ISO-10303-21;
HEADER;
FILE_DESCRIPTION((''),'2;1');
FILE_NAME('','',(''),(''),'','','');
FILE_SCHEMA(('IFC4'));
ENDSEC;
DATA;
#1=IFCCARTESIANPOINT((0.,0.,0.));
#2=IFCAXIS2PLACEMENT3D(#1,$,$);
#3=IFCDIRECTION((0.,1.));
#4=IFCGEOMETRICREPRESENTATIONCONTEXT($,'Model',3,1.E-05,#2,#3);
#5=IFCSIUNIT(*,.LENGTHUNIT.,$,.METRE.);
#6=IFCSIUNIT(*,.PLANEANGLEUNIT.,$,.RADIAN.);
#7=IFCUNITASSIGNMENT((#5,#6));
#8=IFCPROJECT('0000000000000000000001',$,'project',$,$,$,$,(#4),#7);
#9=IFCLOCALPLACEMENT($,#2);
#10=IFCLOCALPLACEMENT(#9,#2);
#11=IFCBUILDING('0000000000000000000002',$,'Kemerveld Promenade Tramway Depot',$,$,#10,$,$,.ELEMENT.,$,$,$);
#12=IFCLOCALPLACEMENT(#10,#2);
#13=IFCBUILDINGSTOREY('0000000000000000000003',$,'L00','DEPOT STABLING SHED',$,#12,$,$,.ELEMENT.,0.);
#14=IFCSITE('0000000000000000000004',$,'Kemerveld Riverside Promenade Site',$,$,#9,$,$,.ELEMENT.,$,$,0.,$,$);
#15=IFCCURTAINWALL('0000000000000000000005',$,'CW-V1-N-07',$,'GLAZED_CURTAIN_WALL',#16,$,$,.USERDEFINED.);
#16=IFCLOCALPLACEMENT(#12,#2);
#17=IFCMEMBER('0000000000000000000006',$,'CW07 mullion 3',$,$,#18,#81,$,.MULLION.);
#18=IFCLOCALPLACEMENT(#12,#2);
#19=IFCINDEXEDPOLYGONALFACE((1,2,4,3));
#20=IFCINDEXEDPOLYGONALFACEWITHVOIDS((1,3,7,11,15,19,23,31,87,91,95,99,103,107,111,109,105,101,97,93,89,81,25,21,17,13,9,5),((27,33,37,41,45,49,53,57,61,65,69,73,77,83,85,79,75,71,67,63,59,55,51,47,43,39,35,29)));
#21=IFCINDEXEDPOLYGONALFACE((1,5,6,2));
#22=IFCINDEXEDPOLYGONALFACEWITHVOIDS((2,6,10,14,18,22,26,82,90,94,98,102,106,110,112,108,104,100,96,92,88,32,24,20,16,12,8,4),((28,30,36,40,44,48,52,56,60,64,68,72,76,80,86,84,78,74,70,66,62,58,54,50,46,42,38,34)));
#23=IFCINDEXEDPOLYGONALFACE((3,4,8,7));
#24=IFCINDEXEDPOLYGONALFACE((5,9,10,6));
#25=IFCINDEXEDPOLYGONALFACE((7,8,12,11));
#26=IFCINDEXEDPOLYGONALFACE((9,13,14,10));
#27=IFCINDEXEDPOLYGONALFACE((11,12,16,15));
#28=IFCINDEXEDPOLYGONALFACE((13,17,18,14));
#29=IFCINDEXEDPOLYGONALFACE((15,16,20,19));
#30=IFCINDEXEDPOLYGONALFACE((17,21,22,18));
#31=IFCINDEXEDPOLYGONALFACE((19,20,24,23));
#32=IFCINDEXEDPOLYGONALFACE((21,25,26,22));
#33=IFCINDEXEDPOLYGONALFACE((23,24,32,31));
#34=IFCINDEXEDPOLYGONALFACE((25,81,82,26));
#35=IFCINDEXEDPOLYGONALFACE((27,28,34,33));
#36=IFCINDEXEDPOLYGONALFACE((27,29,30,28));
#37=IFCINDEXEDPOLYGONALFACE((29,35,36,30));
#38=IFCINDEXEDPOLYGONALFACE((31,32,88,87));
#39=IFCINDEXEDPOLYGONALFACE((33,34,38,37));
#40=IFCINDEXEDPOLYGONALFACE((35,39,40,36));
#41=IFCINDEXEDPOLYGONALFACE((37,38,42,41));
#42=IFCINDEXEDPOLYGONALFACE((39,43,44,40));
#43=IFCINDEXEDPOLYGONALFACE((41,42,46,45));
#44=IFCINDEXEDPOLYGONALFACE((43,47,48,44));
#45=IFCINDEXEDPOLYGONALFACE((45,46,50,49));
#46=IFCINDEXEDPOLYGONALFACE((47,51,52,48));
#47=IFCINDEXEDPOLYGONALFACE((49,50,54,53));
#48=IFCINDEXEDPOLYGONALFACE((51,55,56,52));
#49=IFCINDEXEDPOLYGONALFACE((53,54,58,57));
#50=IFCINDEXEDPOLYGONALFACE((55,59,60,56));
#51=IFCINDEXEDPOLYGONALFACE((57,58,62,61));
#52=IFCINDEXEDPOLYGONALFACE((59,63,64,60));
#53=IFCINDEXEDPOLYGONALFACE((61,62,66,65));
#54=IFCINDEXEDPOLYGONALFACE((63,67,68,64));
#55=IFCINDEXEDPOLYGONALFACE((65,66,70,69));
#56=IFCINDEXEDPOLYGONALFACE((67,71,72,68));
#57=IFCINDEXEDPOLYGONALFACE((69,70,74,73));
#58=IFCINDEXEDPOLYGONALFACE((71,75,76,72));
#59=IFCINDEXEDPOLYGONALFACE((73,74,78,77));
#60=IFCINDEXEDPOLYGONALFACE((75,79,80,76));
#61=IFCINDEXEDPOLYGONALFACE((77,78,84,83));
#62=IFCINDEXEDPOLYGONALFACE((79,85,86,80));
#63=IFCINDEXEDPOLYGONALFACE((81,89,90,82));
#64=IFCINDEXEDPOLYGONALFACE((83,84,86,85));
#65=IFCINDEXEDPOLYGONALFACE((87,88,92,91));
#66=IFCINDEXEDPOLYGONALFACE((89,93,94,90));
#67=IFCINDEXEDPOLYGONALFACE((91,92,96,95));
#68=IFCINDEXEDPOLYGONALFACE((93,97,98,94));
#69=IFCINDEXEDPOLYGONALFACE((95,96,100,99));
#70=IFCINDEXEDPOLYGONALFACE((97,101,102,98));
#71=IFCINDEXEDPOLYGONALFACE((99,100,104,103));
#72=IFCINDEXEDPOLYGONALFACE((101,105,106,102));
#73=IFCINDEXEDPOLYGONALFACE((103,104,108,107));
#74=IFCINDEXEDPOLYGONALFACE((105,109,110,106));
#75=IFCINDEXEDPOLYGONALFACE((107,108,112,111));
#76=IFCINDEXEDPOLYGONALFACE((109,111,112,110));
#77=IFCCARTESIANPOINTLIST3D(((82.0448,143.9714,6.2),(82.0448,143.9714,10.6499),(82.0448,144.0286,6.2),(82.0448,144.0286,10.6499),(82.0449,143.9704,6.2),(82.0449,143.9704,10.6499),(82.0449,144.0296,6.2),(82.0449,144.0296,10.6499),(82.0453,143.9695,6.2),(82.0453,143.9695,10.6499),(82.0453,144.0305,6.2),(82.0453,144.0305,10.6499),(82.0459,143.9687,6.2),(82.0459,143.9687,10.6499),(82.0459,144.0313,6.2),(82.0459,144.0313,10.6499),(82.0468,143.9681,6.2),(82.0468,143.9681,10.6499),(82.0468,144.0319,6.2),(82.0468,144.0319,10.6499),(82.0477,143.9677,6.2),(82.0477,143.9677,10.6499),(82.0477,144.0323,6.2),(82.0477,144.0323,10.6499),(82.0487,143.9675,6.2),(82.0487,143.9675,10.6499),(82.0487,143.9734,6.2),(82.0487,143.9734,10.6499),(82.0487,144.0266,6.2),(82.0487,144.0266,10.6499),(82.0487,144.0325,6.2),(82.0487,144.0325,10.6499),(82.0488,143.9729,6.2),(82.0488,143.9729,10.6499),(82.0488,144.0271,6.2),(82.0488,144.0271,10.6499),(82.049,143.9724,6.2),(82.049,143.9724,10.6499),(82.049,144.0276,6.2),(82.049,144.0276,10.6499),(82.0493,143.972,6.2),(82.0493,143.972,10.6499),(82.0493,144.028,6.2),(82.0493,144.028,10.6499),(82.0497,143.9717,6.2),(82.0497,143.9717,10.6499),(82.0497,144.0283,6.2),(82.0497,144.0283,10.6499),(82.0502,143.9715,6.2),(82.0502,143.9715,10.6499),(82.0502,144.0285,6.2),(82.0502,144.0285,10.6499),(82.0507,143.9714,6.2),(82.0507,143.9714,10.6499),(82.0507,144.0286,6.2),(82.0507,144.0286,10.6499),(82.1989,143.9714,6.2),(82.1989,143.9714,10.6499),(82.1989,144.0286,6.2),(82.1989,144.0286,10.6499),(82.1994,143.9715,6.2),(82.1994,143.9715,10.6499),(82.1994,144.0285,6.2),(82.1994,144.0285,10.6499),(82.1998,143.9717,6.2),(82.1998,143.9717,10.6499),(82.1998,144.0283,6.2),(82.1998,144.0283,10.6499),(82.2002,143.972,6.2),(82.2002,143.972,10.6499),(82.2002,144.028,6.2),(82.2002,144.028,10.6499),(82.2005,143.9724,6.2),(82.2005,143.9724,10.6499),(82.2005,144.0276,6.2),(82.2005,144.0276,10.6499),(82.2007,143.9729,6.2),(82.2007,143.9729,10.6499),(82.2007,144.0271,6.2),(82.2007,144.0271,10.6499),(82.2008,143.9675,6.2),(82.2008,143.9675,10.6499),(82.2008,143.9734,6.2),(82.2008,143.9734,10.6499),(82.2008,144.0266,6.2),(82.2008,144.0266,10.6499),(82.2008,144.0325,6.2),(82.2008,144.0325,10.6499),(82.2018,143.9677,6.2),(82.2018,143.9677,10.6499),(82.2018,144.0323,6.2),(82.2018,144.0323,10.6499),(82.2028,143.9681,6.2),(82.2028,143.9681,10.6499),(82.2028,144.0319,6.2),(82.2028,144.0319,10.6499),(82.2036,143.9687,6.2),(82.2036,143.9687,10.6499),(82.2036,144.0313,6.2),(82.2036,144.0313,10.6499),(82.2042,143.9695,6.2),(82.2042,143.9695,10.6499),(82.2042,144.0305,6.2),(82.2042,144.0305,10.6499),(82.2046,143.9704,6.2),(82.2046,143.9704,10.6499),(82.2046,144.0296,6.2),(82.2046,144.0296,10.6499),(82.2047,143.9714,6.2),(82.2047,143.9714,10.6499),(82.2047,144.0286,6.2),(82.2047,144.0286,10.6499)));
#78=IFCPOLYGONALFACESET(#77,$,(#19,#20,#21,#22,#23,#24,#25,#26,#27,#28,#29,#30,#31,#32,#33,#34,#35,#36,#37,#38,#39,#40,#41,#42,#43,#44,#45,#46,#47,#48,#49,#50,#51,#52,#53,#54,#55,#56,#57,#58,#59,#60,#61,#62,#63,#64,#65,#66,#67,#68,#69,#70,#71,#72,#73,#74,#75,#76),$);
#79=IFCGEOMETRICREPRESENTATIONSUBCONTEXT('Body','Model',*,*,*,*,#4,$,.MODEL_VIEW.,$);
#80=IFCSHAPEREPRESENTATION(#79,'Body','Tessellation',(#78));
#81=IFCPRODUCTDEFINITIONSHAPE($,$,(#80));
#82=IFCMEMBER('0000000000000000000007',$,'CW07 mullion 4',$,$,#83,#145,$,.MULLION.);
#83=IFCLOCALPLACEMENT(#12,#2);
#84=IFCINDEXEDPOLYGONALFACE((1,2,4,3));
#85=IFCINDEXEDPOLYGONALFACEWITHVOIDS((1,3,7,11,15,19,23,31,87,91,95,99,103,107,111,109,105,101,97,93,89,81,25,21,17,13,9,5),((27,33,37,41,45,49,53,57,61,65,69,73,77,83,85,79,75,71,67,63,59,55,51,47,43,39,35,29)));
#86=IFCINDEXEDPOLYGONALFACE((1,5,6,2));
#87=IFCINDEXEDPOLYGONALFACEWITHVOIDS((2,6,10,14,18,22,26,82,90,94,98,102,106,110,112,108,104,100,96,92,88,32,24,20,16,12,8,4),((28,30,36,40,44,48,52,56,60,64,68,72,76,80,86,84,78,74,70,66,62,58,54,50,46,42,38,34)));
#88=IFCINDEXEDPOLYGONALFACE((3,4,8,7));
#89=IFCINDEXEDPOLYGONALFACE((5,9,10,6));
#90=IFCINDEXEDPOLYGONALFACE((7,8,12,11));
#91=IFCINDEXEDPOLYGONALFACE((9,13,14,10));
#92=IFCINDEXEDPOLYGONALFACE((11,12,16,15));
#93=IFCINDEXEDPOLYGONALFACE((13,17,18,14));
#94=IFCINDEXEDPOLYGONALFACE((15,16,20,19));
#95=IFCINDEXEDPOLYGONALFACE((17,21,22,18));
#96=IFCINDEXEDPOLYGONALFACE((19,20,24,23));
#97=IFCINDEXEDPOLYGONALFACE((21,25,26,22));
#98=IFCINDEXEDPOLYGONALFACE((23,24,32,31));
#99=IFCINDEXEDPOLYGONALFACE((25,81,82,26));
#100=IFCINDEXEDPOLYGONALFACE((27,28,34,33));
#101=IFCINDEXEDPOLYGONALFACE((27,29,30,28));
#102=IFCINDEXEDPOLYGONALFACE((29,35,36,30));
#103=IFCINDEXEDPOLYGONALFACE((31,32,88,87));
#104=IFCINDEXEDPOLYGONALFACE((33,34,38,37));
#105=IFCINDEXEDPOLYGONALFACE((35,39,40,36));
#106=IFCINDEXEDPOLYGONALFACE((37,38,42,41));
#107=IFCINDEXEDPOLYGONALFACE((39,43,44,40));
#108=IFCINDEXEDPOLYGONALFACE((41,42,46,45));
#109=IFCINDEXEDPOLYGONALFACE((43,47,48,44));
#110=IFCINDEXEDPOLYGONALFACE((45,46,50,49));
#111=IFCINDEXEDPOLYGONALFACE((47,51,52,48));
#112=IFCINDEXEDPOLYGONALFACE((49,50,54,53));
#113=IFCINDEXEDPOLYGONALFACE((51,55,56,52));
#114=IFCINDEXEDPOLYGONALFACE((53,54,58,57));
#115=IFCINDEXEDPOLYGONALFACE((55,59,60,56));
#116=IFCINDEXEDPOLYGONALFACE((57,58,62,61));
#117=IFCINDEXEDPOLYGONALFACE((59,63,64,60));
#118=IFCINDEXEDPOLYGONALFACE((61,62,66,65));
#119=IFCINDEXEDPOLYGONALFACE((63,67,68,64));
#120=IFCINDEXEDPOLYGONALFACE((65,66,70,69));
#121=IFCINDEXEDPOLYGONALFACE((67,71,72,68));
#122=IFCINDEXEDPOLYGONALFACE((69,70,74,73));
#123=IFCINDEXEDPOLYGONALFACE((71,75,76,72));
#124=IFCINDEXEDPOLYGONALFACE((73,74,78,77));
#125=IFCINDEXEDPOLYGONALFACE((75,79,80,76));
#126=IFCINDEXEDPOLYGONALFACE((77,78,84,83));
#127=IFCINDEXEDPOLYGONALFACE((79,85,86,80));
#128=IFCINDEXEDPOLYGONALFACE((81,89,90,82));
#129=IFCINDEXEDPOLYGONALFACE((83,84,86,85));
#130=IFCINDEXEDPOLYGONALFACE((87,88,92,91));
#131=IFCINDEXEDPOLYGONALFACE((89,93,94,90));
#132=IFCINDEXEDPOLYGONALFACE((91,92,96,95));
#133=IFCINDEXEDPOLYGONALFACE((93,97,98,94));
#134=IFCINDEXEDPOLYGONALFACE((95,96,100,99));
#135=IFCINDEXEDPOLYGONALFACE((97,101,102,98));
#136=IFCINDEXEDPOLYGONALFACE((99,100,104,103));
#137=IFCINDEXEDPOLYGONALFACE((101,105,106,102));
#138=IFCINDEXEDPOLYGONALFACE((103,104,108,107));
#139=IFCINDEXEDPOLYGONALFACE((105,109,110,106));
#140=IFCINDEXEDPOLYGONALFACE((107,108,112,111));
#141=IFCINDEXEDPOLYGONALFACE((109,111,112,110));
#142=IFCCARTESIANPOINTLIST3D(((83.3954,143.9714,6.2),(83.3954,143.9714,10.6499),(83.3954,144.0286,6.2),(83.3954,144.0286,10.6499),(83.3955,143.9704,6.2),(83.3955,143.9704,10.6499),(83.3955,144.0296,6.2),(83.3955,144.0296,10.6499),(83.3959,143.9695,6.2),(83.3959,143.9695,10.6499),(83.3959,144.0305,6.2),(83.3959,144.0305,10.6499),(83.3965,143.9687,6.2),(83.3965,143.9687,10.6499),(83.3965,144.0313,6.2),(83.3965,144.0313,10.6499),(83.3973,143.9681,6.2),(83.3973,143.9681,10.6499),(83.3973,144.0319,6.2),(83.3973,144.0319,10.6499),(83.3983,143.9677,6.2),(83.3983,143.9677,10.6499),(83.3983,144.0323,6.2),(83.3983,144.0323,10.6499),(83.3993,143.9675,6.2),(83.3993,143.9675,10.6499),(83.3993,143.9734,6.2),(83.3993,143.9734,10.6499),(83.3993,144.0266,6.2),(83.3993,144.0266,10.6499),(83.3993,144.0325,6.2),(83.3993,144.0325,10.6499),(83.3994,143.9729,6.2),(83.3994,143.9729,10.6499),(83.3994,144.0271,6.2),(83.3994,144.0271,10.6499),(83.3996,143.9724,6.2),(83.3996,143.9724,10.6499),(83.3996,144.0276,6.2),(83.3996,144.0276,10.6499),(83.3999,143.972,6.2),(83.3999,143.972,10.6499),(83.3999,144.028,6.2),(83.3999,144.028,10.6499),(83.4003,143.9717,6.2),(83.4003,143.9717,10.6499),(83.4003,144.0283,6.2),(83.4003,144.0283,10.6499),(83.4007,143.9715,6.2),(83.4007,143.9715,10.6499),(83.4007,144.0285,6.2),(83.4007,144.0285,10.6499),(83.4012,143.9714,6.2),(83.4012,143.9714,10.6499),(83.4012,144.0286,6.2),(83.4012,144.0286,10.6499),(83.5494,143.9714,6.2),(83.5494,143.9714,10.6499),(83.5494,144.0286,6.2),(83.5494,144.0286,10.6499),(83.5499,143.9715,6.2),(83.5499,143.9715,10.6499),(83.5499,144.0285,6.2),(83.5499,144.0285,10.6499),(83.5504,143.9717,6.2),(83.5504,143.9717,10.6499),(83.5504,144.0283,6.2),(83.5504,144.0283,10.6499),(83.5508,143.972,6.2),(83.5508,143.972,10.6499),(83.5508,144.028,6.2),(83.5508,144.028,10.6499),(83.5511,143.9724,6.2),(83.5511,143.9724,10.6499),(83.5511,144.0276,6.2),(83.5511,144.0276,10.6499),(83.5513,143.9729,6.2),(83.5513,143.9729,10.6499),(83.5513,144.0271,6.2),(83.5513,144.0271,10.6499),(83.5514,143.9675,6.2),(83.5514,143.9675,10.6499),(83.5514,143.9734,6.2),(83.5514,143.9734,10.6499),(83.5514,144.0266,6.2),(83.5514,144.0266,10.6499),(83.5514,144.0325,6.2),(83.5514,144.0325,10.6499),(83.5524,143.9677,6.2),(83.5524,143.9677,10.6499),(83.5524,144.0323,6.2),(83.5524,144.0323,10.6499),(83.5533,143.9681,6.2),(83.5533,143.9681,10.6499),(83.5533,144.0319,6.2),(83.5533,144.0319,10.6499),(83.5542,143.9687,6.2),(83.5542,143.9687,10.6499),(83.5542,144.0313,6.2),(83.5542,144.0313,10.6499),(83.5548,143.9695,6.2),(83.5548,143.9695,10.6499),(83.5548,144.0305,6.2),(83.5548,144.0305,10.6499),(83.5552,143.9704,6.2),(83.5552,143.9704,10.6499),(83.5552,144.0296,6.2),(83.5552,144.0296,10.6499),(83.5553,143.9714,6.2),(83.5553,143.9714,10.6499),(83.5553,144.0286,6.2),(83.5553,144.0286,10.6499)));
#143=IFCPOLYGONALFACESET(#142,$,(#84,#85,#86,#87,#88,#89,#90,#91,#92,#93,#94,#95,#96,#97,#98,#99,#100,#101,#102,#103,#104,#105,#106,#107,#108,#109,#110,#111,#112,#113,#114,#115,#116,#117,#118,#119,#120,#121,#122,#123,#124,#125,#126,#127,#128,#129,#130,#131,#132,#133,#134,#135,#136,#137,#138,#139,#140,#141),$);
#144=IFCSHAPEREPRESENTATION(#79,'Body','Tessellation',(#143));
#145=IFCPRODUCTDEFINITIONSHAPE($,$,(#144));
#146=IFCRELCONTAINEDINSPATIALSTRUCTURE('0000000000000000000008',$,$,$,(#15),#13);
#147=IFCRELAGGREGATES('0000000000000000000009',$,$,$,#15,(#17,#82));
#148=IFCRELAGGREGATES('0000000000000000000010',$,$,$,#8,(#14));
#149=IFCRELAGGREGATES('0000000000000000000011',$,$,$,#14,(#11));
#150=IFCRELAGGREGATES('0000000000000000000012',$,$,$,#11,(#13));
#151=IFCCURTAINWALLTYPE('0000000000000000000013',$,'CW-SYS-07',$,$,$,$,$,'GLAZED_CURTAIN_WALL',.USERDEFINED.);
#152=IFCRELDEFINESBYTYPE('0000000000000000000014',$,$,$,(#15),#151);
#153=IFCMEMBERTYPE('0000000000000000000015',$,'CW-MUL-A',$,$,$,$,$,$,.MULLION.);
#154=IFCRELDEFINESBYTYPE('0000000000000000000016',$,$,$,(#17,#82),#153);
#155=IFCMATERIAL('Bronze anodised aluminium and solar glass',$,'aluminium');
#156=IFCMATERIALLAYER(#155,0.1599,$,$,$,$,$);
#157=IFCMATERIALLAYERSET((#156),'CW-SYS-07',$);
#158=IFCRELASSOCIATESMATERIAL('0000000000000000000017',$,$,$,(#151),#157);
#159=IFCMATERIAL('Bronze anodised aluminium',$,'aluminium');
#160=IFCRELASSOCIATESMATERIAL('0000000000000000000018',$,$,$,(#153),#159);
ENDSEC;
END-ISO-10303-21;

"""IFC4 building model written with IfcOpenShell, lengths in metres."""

from ifc_helpers import new_model, si_unit, direction, frame, origin, origin_2d, place, context, subcontext, project, spatial, hollow_rectangle, extrude, material, layer, layer_set, material_profile, profile_set, type_object, element, aggregate, save


model = new_model("IFC4")

# Units and contexts
model_context = context("Model", 3, precision=1e-05, world=origin(), true_north=direction((0.0, 1.0)))
body_context = subcontext(model_context, "Body", "Model", "MODEL_VIEW")
ifc_project = project(units=[si_unit("LENGTHUNIT", "METRE"), si_unit("PLANEANGLEUNIT", "RADIAN")], contexts=[model_context])

# Site, building, storey
site_placement = place(None, origin())
site = spatial("IfcSite", under=ifc_project, at=site_placement, Name="Kemerveld Riverside Promenade Site", CompositionType="ELEMENT", RefElevation=0.0)
building_placement = place(site_placement, origin())
building = spatial("IfcBuilding", under=site, at=building_placement, Name="Kemerveld Promenade Tramway Depot", CompositionType="ELEMENT")
storey_placement = place(building_placement, origin())
storey = spatial("IfcBuildingStorey", under=building, at=storey_placement, Name="L00", Description="DEPOT STABLING SHED", CompositionType="ELEMENT", Elevation=0.0)

# Curtain wall, members
ifc_material_1 = material(Name="Bronze anodised aluminium and solar glass", Category="aluminium")
ifc_layer_1 = layer(ifc_material_1, 0.1599)
ifc_layer_set_1 = layer_set([ifc_layer_1], Name="CW-SYS-07")
curtain_wall_type_1 = type_object("IfcCurtainWallType", Name="CW-SYS-07", ElementType="GLAZED_CURTAIN_WALL", PredefinedType="USERDEFINED", material=ifc_layer_set_1)
curtain_wall_1_placement = place(storey_placement, origin())
curtain_wall_1 = element("IfcCurtainWall", 1, at=curtain_wall_1_placement, inside=storey, type_object=curtain_wall_type_1, Name="CW-V1-N-07", ObjectType="GLAZED_CURTAIN_WALL", PredefinedType="USERDEFINED")
ifc_material_2 = material(Name="Bronze anodised aluminium", Category="aluminium")
ifc_material_profile_1 = material_profile(ifc_material_2, hollow_rectangle(XDim=0.0649, YDim=0.1599, WallThickness=0.0039, InnerFilletRadius=0.002, OuterFilletRadius=0.0039, at=origin_2d()), Name="CW-MUL-160x65")
ifc_profile_set_1 = profile_set([ifc_material_profile_1], Name="Bronze anodised aluminium")
member_type_1 = type_object("IfcMemberType", Name="CW-MUL-A", PredefinedType="MULLION", material=ifc_profile_set_1)
member_1_placement = place(storey_placement, frame((82.1248, 144.0, 6.2), z_axis=(0.0, 0.0, 1.0), x_axis=(0.0, 1.0, 0.0)))
member_1 = element("IfcMember", 2, at=member_1_placement, type_object=member_type_1, Name="CW07 mullion 3", PredefinedType="MULLION", context=body_context, shape_type="SweptSolid", body=[
    extrude(hollow_rectangle(XDim=0.0649, YDim=0.1599, WallThickness=0.0039, InnerFilletRadius=0.002, OuterFilletRadius=0.0039, at=origin_2d()), origin(), (0.0, 0.0, 1.0), 4.45),
])
member_2_placement = place(storey_placement, frame((83.4753, 144.0, 6.2), z_axis=(0.0, 0.0, 1.0), x_axis=(0.0, 1.0, 0.0)))
member_2 = element("IfcMember", 3, at=member_2_placement, type_object=member_type_1, Name="CW07 mullion 4", PredefinedType="MULLION", context=body_context, shape_type="SweptSolid", body=[
    extrude(hollow_rectangle(XDim=0.0649, YDim=0.1599, WallThickness=0.0039, InnerFilletRadius=0.002, OuterFilletRadius=0.0039, at=origin_2d()), origin(), (0.0, 0.0, 1.0), 4.45),
])

aggregate(curtain_wall_1, [member_1, member_2])

save(model, "model.ifc")
